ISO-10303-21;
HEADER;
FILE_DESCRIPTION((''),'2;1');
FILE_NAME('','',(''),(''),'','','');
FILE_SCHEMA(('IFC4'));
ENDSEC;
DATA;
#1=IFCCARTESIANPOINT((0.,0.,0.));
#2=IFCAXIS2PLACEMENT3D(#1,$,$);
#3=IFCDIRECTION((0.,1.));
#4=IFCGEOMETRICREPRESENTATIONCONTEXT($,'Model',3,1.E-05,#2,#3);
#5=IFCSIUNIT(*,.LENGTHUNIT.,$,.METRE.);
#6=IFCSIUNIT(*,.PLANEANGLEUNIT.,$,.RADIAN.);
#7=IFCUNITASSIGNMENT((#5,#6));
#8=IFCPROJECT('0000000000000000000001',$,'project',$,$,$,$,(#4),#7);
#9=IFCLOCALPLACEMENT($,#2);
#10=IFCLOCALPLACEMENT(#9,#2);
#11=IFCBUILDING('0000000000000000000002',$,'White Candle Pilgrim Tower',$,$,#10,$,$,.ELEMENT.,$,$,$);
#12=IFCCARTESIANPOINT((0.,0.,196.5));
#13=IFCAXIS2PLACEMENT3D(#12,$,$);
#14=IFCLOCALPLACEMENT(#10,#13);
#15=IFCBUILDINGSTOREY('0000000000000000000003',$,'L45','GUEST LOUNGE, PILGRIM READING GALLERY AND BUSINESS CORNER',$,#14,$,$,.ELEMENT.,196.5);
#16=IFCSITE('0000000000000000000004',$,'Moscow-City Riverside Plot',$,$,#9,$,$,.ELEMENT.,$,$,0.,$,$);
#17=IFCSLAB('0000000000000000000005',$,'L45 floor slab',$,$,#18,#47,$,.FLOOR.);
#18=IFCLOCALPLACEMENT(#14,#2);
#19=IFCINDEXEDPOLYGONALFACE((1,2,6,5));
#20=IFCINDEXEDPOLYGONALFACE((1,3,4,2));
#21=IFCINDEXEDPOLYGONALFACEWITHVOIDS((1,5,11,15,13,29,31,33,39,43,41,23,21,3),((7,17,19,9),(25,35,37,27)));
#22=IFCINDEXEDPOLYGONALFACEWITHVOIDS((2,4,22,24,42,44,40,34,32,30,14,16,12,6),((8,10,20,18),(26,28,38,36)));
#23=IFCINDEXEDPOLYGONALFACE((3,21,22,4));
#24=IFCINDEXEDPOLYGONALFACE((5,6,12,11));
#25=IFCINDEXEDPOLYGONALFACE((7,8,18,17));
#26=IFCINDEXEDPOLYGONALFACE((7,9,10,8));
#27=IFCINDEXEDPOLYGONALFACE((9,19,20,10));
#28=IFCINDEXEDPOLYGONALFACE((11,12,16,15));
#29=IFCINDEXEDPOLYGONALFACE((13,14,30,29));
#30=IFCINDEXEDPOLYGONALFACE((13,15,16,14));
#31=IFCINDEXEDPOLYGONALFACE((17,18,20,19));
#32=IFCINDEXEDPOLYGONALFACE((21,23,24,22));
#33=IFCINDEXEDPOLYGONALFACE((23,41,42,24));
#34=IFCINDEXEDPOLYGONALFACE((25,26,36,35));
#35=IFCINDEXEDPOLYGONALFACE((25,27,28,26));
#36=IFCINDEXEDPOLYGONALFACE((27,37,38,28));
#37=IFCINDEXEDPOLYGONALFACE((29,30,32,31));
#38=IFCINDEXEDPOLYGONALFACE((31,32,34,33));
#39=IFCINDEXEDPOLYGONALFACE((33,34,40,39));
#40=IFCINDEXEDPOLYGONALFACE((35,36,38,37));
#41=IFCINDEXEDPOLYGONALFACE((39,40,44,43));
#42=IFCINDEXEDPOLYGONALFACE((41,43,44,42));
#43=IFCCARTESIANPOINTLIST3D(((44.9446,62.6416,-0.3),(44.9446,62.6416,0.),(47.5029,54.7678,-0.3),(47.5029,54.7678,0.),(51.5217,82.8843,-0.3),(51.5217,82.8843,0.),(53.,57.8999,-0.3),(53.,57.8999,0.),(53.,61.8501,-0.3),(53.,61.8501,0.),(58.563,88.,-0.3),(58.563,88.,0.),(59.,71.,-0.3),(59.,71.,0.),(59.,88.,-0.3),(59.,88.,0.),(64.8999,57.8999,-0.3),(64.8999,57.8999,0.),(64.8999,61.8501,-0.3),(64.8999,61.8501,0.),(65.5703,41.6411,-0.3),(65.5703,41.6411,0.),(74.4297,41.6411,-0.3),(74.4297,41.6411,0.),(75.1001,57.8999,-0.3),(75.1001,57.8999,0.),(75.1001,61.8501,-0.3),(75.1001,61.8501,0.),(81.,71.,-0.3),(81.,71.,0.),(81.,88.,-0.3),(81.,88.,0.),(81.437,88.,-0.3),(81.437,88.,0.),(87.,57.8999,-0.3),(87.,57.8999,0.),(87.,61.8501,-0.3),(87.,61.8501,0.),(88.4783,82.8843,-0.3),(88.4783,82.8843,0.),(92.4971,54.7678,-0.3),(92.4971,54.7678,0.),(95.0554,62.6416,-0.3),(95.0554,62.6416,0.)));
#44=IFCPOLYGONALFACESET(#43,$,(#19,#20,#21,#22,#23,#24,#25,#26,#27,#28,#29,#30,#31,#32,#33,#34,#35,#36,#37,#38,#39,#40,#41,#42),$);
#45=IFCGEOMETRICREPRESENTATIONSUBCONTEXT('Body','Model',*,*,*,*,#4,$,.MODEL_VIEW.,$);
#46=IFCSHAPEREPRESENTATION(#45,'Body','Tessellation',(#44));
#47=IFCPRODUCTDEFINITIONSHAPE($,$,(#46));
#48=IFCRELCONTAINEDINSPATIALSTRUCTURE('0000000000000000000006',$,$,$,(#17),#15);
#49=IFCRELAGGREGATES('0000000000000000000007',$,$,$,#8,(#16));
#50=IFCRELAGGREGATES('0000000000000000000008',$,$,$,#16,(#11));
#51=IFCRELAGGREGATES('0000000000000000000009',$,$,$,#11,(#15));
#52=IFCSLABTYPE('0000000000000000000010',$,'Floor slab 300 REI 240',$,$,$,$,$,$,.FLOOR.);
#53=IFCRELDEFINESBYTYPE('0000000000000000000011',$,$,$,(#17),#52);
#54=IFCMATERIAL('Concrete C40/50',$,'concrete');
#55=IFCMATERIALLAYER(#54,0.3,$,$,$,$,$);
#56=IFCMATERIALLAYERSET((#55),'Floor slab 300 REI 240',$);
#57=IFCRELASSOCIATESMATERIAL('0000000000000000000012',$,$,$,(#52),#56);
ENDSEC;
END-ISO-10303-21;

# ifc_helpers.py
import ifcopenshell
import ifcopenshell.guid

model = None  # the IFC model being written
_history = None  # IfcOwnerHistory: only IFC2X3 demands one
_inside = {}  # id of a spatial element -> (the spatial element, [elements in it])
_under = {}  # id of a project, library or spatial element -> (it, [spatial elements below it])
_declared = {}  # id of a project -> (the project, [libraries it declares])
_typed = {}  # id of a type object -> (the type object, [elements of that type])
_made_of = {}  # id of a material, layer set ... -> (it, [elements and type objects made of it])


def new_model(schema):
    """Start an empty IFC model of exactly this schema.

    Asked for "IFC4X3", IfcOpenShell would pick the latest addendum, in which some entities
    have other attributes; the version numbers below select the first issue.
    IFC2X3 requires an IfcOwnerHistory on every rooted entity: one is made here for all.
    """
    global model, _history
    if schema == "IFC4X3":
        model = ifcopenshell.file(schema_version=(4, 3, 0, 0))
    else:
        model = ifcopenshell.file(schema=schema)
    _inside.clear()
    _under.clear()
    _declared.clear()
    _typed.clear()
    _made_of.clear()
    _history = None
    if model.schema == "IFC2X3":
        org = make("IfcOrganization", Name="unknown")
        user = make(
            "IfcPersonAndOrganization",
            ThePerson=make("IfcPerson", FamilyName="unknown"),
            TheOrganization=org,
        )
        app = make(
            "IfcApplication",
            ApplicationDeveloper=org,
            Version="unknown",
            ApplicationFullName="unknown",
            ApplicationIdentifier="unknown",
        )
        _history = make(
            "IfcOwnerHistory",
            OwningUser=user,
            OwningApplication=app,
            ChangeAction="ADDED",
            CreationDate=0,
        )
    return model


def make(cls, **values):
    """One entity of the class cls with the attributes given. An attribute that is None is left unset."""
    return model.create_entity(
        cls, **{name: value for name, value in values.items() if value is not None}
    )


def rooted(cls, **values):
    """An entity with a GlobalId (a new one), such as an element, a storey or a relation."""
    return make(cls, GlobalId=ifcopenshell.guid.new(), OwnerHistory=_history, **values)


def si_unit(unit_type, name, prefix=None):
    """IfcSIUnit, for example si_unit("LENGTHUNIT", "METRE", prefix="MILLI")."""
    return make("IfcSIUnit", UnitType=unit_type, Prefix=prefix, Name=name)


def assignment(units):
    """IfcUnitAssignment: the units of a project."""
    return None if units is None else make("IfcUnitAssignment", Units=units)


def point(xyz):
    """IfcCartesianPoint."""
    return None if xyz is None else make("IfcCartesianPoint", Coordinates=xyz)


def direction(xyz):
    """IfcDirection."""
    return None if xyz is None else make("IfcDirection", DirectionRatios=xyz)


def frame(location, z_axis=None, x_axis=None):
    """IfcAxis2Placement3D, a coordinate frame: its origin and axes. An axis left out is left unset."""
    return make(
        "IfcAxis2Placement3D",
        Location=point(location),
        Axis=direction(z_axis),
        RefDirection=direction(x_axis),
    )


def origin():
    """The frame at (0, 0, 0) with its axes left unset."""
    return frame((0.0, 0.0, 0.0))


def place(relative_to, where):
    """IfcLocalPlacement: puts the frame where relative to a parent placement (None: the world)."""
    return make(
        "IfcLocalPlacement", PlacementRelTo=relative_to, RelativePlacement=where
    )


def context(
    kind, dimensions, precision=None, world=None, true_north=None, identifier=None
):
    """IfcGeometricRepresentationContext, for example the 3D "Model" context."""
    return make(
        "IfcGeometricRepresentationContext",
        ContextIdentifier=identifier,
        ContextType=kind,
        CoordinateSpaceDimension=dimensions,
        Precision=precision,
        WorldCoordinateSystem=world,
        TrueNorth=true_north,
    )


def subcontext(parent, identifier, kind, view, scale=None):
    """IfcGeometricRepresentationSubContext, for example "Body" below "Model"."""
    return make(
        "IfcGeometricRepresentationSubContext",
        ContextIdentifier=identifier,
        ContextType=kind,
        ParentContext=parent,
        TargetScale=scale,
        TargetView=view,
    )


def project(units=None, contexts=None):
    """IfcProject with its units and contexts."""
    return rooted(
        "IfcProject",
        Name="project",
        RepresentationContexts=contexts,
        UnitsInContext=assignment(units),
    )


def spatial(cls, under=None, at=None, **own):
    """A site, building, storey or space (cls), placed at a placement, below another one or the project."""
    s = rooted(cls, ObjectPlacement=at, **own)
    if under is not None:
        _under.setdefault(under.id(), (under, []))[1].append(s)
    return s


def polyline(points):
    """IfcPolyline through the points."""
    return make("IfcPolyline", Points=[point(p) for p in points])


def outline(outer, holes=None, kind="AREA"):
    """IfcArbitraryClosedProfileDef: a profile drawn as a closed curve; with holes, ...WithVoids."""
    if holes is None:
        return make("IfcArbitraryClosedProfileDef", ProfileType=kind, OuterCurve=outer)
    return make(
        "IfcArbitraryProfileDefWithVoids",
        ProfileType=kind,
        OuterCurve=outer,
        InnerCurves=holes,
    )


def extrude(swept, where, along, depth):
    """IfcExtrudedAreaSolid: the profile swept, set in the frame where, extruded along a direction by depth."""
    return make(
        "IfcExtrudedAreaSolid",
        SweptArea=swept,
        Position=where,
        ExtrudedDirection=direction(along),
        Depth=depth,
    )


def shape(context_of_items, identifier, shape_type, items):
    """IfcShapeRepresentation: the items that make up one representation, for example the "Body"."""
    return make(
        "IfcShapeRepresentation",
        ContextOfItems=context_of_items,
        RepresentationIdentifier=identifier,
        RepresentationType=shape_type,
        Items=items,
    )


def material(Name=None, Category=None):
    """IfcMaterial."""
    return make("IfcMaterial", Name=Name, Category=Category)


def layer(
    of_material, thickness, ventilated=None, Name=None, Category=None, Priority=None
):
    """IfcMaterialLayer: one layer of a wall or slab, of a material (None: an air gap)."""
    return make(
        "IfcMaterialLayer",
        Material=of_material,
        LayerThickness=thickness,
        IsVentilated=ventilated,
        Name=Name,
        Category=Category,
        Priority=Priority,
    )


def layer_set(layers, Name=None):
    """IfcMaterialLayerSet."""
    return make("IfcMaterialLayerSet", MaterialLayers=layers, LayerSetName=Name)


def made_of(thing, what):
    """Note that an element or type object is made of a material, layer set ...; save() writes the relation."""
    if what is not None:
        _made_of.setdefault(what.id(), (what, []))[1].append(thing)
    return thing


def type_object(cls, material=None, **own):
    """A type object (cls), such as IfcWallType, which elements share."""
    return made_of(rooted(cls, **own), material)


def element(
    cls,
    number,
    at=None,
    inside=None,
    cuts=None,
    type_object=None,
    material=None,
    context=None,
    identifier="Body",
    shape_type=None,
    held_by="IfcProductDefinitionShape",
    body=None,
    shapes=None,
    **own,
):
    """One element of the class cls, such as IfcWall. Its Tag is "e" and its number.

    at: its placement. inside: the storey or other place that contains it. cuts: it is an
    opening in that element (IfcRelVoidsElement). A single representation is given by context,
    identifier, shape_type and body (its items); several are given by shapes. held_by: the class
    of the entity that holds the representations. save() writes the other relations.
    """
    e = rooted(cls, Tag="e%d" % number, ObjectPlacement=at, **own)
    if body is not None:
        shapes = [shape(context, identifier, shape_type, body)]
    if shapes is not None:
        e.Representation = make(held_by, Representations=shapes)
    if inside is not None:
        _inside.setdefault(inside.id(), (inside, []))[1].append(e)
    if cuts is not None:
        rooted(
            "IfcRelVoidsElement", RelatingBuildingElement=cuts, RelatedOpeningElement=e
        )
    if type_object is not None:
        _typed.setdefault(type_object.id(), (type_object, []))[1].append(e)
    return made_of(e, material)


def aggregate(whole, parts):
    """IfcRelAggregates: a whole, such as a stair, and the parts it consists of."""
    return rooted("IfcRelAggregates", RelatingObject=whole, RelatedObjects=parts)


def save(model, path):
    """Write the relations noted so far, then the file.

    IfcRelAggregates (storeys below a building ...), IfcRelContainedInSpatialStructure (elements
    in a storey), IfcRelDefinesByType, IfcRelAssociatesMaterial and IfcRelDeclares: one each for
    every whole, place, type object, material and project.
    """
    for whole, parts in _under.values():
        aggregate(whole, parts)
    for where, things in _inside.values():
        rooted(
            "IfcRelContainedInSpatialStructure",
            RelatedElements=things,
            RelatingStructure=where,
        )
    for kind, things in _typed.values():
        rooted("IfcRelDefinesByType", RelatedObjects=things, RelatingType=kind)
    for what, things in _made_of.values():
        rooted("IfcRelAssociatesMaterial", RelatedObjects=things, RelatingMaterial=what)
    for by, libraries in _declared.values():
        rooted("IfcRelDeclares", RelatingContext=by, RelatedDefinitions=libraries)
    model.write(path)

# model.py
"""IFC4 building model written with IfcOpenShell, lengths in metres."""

from ifc_helpers import new_model, si_unit, direction, frame, origin, place, context, subcontext, project, spatial, polyline, outline, extrude, material, layer, layer_set, type_object, element, save


model = new_model("IFC4")

# Units and contexts
model_context = context("Model", 3, precision=1e-05, world=origin(), true_north=direction((0.0, 1.0)))
body_context = subcontext(model_context, "Body", "Model", "MODEL_VIEW")
ifc_project = project(units=[si_unit("LENGTHUNIT", "METRE"), si_unit("PLANEANGLEUNIT", "RADIAN")], contexts=[model_context])

# Site, building, storey
site_placement = place(None, origin())
site = spatial("IfcSite", under=ifc_project, at=site_placement, Name="Moscow-City Riverside Plot", CompositionType="ELEMENT", RefElevation=0.0)
building_placement = place(site_placement, origin())
building = spatial("IfcBuilding", under=site, at=building_placement, Name="White Candle Pilgrim Tower", CompositionType="ELEMENT")
storey_placement = place(building_placement, frame((0.0, 0.0, 196.5)))
storey = spatial("IfcBuildingStorey", under=building, at=storey_placement, Name="L45", Description="GUEST LOUNGE, PILGRIM READING GALLERY AND BUSINESS CORNER", CompositionType="ELEMENT", Elevation=196.5)

# Slab
ifc_material_1 = material(Name="Concrete C40/50", Category="concrete")
ifc_layer_1 = layer(ifc_material_1, 0.3)
ifc_layer_set_1 = layer_set([ifc_layer_1], Name="Floor slab 300 REI 240")
slab_type_1 = type_object("IfcSlabType", Name="Floor slab 300 REI 240", PredefinedType="FLOOR", material=ifc_layer_set_1)
slab_1_placement = place(storey_placement, frame((0.0, 0.0, -0.3)))
element("IfcSlab", 1, at=slab_1_placement, inside=storey, type_object=slab_type_1, Name="L45 floor slab", PredefinedType="FLOOR", context=body_context, shape_type="SweptSolid", body=[
    extrude(outline(polyline([(65.5703, 41.6411), (74.4297, 41.6411), (92.4971, 54.7678), (95.0554, 62.6416), (88.4783, 82.8843), (81.437, 88.0), (81.0, 88.0), (81.0, 71.0), (59.0, 71.0), (59.0, 88.0), (58.563, 88.0), (51.5217, 82.8843), (44.9446, 62.6416), (47.5029, 54.7678), (65.5703, 41.6411)]), holes=[polyline([(53.0, 57.8999), (53.0, 61.8501), (64.8999, 61.8501), (64.8999, 57.8999), (53.0, 57.8999)]), polyline([(75.1001, 57.8999), (75.1001, 61.8501), (87.0, 61.8501), (87.0, 57.8999), (75.1001, 57.8999)])]), origin(), (0.0, 0.0, 1.0), 0.3),
])

save(model, "model.ifc")
